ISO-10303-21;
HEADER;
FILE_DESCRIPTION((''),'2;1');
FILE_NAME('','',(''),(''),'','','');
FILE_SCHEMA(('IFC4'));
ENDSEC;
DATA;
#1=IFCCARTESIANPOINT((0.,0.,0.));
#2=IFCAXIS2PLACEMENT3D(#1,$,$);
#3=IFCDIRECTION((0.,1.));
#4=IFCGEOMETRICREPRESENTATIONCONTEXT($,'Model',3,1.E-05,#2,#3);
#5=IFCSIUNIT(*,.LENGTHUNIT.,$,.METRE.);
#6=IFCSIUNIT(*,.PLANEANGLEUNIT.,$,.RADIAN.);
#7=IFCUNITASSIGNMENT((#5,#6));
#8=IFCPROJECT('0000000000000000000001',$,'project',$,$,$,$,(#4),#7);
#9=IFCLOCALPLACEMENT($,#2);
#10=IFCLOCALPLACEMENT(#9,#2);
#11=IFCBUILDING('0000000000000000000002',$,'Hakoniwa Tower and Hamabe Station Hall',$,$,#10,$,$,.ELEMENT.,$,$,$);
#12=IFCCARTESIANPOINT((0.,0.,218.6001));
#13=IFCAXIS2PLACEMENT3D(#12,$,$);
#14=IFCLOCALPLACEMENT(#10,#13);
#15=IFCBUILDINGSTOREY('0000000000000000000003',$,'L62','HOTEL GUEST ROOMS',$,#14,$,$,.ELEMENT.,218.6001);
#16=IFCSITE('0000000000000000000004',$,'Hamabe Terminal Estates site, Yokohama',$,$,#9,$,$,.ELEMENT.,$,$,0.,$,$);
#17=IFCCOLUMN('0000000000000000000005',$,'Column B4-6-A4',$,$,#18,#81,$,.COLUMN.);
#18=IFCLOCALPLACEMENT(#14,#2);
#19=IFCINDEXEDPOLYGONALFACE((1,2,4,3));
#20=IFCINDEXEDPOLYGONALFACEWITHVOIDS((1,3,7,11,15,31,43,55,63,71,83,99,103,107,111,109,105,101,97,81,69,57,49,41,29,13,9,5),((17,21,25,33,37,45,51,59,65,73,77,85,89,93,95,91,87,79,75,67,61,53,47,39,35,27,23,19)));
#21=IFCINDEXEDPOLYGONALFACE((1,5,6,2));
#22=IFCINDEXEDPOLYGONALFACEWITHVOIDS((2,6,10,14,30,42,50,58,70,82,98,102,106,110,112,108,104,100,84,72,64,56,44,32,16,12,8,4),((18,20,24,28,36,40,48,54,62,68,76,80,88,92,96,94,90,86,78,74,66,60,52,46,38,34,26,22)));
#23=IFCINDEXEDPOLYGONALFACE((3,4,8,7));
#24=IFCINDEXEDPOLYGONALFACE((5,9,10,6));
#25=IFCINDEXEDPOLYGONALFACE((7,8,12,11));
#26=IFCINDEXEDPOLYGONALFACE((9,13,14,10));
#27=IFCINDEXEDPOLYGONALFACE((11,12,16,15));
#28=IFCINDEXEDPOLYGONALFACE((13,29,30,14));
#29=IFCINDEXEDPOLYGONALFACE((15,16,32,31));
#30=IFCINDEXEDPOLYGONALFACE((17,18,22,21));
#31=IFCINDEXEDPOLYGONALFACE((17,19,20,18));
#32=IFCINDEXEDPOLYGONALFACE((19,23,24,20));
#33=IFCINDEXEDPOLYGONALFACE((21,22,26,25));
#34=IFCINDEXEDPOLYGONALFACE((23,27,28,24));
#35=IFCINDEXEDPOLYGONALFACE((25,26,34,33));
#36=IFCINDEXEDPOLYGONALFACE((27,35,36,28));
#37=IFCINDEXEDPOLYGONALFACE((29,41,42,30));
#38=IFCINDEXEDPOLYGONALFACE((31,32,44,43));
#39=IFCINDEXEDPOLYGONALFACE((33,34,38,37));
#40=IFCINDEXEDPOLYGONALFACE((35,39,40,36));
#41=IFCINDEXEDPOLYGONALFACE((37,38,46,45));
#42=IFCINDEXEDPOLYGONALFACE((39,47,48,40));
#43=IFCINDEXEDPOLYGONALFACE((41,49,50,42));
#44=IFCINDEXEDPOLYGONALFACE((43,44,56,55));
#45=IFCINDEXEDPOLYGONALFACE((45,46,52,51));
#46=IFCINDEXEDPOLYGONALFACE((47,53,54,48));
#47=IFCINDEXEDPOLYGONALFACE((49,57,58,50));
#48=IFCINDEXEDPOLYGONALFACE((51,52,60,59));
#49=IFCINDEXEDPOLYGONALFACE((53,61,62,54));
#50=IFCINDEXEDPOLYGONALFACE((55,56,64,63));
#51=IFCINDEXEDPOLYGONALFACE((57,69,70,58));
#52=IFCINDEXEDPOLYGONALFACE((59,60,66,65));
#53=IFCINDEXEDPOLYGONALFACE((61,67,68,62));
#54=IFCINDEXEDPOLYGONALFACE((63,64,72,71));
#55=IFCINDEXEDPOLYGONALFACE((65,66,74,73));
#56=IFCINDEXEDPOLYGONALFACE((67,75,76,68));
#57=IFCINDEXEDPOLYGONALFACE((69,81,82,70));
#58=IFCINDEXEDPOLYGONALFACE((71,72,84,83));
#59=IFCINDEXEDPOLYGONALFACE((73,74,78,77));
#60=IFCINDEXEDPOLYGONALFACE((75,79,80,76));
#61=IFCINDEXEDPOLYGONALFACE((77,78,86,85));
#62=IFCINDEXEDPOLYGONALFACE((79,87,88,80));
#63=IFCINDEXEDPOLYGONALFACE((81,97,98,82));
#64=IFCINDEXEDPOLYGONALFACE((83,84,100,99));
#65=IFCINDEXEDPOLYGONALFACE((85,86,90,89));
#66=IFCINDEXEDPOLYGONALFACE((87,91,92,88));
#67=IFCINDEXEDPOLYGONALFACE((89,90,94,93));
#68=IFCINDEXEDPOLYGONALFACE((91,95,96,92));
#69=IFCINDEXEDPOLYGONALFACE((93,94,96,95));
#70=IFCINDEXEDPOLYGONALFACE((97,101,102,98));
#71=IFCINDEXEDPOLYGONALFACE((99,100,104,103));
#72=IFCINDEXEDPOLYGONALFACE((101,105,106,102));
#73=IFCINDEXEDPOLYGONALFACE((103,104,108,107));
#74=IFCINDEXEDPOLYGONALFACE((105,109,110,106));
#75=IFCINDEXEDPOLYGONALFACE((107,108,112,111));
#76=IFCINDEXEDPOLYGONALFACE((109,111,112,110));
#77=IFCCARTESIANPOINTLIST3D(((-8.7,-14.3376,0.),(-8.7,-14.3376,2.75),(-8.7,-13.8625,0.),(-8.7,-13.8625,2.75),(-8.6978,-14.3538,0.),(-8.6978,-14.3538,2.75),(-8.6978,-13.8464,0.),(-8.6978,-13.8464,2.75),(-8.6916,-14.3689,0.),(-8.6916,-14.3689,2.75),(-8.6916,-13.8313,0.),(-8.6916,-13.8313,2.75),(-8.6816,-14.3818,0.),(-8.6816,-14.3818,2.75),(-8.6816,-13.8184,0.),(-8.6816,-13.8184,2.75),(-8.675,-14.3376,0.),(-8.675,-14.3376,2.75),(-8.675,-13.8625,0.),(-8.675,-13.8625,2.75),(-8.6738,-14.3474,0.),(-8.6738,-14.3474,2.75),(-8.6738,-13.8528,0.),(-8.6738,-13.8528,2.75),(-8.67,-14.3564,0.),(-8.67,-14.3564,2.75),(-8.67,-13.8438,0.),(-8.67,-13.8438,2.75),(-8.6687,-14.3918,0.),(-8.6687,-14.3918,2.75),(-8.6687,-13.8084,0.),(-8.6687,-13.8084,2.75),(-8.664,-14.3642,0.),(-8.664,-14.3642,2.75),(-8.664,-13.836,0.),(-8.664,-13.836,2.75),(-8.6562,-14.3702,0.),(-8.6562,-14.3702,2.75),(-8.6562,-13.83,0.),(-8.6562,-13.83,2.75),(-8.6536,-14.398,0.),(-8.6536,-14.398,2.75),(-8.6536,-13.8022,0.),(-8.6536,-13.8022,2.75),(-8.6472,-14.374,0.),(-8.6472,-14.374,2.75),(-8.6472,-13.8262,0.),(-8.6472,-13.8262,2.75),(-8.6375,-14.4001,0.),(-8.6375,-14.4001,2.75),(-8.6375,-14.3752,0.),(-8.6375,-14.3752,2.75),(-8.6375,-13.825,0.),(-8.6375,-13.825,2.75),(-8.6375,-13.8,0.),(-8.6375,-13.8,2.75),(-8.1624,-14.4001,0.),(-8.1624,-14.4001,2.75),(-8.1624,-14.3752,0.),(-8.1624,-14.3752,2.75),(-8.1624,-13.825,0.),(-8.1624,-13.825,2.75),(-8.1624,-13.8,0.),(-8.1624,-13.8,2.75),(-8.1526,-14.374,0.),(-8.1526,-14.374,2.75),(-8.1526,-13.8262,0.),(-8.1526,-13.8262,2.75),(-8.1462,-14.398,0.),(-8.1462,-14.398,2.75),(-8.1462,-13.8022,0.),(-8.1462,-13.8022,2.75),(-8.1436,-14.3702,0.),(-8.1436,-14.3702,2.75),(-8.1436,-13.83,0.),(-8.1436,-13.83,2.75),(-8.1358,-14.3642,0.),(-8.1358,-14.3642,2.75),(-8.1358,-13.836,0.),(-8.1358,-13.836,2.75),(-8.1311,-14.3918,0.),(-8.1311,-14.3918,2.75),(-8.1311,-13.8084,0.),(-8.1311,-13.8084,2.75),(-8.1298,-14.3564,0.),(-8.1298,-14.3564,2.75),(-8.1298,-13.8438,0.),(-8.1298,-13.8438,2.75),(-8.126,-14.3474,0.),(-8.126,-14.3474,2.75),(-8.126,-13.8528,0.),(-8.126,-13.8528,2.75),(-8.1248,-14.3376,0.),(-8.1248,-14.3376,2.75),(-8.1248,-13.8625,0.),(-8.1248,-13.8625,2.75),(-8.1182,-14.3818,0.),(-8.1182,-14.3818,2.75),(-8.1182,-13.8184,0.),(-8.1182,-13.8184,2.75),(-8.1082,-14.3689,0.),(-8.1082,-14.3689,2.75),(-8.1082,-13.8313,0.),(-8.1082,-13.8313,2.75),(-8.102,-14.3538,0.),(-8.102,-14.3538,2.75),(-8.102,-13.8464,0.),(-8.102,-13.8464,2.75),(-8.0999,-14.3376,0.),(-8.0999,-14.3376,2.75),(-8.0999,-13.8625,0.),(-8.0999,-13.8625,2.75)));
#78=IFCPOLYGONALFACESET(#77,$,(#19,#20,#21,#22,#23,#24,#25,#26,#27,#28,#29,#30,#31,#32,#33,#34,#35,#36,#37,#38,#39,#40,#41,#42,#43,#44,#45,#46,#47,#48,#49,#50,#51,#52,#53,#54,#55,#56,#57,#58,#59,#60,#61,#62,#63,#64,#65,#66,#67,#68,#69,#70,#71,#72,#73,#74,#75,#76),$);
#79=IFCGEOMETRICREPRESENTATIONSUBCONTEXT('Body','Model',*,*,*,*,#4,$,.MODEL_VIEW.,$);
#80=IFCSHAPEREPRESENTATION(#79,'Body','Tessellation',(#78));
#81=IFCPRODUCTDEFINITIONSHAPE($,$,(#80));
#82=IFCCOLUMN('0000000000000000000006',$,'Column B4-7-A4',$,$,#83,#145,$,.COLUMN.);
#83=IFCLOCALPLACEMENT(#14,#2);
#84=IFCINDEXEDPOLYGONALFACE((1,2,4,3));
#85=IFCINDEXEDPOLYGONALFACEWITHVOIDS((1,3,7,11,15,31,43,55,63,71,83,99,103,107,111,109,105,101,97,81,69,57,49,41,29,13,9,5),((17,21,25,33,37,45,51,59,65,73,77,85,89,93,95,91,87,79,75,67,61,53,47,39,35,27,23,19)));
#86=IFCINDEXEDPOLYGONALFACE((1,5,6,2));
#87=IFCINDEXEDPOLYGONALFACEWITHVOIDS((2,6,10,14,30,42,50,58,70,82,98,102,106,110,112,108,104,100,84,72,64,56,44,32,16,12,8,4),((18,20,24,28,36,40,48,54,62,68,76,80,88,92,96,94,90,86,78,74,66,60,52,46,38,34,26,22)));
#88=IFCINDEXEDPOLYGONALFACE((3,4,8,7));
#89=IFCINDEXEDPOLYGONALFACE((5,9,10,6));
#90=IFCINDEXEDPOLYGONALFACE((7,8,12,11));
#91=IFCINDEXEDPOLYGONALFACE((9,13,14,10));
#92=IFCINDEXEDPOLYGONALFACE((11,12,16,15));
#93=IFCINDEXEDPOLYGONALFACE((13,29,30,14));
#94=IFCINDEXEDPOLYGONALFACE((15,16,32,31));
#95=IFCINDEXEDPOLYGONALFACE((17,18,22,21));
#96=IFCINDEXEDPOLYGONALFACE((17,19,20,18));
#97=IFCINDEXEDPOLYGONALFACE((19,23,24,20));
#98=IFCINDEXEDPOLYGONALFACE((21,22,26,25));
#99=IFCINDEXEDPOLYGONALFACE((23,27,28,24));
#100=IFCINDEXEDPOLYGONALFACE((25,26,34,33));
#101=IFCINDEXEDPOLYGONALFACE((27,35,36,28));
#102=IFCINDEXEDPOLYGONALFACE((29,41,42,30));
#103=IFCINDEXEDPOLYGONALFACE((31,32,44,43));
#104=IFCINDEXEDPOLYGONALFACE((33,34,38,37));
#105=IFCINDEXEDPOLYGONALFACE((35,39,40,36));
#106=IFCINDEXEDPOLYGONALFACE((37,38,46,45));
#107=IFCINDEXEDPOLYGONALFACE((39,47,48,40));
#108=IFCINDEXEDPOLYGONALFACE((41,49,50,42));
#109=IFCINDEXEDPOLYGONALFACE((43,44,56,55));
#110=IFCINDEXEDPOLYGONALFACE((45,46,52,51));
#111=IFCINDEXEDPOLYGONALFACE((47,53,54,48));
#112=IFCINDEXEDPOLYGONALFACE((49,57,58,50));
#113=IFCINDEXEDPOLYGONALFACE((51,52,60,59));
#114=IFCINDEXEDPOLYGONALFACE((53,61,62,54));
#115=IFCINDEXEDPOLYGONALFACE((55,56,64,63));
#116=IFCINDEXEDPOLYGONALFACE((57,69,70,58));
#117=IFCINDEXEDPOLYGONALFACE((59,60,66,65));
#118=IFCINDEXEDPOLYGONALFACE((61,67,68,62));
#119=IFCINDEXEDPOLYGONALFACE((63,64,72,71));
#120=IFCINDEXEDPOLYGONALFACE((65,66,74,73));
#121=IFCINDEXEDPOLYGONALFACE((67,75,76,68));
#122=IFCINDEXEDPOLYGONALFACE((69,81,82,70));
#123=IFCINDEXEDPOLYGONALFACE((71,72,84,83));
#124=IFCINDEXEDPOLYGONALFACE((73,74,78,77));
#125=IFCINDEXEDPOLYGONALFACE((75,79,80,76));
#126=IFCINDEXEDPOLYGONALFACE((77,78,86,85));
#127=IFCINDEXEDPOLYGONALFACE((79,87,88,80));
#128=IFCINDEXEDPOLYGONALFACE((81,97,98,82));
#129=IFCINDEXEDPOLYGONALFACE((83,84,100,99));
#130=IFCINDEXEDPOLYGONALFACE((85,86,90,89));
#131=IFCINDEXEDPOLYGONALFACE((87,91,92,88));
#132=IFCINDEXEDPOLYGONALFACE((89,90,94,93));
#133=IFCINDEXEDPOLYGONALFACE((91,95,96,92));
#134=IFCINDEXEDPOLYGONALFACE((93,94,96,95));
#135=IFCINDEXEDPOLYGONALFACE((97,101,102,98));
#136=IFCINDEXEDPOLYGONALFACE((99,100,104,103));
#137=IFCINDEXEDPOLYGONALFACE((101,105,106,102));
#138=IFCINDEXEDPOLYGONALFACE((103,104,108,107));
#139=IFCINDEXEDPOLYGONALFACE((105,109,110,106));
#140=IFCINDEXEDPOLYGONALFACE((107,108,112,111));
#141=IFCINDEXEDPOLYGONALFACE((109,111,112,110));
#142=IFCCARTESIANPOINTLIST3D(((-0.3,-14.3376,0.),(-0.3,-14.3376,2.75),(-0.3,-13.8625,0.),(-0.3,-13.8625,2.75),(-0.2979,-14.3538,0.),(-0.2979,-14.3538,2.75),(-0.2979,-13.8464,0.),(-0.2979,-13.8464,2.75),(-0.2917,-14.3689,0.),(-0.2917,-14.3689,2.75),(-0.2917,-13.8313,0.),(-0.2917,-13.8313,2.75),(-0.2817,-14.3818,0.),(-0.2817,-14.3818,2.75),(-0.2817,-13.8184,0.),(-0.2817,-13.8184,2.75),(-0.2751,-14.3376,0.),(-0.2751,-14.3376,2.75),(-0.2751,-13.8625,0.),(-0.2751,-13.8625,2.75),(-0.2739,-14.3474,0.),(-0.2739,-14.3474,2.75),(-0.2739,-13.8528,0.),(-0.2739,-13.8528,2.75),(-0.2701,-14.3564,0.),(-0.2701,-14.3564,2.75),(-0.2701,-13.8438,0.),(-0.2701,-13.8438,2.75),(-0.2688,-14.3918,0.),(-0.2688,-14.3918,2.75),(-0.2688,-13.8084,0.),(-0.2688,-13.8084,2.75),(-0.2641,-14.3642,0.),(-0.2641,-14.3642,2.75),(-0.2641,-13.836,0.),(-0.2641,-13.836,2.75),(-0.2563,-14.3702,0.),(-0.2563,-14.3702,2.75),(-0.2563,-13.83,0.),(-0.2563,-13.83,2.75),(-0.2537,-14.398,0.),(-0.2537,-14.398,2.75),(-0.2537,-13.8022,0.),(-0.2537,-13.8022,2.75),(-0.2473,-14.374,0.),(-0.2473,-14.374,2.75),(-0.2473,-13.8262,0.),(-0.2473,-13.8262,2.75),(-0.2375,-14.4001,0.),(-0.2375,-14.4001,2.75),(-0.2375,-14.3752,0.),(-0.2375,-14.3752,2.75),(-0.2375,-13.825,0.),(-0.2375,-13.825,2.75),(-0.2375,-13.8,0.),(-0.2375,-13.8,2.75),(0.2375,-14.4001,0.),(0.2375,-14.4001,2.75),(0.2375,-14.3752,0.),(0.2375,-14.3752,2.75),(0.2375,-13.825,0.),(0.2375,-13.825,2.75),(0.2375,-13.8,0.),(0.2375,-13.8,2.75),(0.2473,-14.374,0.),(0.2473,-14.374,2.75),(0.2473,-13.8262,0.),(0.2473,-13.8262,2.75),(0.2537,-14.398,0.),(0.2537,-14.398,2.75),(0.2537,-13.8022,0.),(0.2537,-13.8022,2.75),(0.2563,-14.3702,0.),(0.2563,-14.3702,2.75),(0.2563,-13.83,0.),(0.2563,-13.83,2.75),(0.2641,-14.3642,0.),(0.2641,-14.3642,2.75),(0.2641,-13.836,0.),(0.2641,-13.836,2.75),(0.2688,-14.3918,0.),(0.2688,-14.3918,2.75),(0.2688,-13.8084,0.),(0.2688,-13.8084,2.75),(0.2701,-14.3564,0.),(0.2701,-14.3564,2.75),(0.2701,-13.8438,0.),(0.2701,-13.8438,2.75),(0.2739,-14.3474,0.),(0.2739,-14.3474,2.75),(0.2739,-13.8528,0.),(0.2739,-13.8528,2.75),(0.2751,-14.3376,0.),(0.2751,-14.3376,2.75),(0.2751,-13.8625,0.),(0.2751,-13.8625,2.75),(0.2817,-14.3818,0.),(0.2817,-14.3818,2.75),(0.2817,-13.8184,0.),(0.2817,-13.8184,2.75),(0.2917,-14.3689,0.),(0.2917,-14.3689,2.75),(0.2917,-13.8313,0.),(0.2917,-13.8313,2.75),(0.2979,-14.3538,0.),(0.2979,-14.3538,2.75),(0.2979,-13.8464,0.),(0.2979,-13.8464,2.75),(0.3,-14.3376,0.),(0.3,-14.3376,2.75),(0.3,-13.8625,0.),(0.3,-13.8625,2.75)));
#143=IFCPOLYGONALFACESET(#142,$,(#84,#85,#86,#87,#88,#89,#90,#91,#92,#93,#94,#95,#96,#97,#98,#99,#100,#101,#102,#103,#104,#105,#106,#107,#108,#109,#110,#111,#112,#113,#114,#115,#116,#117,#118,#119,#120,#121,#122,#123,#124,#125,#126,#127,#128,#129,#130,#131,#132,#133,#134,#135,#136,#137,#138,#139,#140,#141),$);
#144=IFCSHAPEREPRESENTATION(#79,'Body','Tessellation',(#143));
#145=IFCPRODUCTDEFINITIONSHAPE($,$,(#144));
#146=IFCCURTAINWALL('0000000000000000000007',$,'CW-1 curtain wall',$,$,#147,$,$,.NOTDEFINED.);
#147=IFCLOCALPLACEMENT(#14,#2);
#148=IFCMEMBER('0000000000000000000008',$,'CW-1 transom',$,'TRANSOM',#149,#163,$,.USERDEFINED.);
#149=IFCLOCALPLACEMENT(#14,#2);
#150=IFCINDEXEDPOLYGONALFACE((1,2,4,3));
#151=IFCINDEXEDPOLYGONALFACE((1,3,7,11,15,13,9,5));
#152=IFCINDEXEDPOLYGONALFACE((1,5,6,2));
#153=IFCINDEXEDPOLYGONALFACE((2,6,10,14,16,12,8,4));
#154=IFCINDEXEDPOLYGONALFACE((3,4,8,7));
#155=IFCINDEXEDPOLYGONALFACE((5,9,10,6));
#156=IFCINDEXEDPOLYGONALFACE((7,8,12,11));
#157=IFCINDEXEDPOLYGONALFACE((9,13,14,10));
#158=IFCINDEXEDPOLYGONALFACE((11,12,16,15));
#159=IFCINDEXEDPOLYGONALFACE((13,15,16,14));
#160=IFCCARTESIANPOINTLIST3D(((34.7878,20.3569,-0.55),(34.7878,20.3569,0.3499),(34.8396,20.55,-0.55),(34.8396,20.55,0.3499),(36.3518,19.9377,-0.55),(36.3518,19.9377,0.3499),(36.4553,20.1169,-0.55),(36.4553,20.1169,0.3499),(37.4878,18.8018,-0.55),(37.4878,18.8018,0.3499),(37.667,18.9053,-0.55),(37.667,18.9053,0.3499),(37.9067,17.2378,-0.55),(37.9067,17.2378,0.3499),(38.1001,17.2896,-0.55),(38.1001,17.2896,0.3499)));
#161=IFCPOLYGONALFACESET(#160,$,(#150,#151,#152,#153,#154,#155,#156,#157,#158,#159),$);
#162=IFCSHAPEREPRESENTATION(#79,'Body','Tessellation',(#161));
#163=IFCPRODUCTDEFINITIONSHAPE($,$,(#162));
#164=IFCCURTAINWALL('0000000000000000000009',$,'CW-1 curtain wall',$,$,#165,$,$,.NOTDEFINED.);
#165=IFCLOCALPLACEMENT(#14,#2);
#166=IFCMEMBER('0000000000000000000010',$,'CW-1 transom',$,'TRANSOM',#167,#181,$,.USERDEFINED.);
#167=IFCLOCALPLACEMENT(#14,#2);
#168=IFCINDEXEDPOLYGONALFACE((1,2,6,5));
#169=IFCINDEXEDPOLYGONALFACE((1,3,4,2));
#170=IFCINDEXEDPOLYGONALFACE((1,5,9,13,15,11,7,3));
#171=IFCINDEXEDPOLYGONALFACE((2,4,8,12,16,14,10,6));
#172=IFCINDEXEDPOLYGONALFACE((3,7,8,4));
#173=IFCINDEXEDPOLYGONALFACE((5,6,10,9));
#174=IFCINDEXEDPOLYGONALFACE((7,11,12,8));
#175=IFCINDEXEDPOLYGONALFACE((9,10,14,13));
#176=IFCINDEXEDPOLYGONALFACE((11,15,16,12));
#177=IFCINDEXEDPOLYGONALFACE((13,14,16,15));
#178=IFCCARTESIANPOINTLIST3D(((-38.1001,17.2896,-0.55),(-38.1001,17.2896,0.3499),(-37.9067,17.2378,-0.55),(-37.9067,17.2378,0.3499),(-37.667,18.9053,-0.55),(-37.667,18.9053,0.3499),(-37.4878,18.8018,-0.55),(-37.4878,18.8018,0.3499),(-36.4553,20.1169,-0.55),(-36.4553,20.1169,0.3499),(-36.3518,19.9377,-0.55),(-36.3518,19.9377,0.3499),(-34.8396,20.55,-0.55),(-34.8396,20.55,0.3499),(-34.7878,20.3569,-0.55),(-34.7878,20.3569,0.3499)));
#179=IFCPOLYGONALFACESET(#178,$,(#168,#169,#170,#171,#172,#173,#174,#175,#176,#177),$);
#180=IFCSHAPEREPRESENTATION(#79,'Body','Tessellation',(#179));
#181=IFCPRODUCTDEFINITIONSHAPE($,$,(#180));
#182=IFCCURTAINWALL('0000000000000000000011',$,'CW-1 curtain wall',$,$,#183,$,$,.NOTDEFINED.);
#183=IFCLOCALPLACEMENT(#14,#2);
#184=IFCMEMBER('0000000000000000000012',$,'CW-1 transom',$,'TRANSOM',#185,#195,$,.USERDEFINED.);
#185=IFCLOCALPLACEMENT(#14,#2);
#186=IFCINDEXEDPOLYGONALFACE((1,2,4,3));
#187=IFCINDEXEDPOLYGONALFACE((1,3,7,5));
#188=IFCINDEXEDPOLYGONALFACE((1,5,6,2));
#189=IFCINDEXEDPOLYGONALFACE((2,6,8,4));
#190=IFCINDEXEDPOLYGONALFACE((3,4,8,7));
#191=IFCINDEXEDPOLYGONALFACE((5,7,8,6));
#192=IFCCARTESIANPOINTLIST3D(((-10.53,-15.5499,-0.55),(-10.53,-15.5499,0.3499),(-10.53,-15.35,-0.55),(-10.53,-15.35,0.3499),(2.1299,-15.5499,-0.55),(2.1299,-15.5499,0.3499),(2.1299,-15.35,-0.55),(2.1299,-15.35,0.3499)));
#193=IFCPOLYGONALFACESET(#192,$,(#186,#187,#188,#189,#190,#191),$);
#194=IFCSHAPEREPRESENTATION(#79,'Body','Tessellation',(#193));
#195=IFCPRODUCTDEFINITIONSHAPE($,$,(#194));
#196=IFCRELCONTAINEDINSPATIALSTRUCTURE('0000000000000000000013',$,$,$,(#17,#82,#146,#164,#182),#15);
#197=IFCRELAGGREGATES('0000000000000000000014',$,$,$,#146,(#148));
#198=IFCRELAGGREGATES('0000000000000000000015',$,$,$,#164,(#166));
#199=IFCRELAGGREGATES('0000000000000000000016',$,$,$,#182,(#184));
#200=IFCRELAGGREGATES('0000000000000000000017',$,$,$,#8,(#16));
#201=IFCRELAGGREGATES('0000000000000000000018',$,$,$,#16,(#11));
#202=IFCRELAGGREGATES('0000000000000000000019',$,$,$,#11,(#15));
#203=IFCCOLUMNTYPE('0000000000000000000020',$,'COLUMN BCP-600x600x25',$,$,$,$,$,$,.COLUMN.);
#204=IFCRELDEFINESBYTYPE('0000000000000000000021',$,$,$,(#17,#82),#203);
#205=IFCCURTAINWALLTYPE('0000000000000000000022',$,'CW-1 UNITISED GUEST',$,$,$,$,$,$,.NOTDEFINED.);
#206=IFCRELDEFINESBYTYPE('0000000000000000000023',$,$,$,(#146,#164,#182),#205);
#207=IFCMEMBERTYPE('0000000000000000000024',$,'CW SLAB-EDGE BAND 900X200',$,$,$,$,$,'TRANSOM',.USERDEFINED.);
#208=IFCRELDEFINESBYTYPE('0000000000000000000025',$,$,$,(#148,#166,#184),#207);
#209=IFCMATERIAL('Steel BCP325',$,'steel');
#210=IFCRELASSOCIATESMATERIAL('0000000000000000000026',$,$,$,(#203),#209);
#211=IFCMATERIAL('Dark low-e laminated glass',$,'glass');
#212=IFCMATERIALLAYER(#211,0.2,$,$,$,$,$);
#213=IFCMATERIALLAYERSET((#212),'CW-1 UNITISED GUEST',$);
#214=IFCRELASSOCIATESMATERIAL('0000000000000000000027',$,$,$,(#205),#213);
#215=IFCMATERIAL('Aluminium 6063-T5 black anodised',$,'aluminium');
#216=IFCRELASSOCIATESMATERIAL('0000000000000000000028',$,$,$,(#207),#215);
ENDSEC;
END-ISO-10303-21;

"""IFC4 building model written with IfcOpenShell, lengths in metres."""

from ifc_helpers import new_model, si_unit, direction, frame, origin, origin_2d, place, context, subcontext, project, spatial, polyline, rectangle, hollow_rectangle, outline, extrude, material, layer, layer_set, material_profile, profile_set, type_object, element, aggregate, save


model = new_model("IFC4")

# Units and contexts
model_context = context("Model", 3, precision=1e-05, world=origin(), true_north=direction((0.0, 1.0)))
body_context = subcontext(model_context, "Body", "Model", "MODEL_VIEW")
ifc_project = project(units=[si_unit("LENGTHUNIT", "METRE"), si_unit("PLANEANGLEUNIT", "RADIAN")], contexts=[model_context])

# Site, building, storey
site_placement = place(None, origin())
site = spatial("IfcSite", under=ifc_project, at=site_placement, Name="Hamabe Terminal Estates site, Yokohama", CompositionType="ELEMENT", RefElevation=0.0)
building_placement = place(site_placement, origin())
building = spatial("IfcBuilding", under=site, at=building_placement, Name="Hakoniwa Tower and Hamabe Station Hall", CompositionType="ELEMENT")
storey_placement = place(building_placement, frame((0.0, 0.0, 218.6001)))
storey = spatial("IfcBuildingStorey", under=building, at=storey_placement, Name="L62", Description="HOTEL GUEST ROOMS", CompositionType="ELEMENT", Elevation=218.6001)

# Columns
ifc_material_1 = material(Name="Steel BCP325", Category="steel")
ifc_material_profile_1 = material_profile(ifc_material_1, hollow_rectangle(XDim=0.6001, YDim=0.6001, WallThickness=0.0249, InnerFilletRadius=0.0376, OuterFilletRadius=0.0625, at=origin_2d()), Name="BCP-600x600x25")
ifc_profile_set_1 = profile_set([ifc_material_profile_1], Name="Steel BCP325")
column_type = type_object("IfcColumnType", Name="COLUMN BCP-600x600x25", PredefinedType="COLUMN", material=ifc_profile_set_1)
for number, where, z_axis, x_axis, name in (
    (1, (-8.3999, -14.1001, 0.0), (0.0, 0.0, 1.0), (1.0, 0.0, 0.0), "Column B4-6-A4"),
    (2, (0.0, -14.1001, 0.0), (0.0, 0.0, 1.0), (1.0, 0.0, 0.0), "Column B4-7-A4"),
):
    element("IfcColumn", number, at=place(storey_placement, frame(where, z_axis=z_axis, x_axis=x_axis)), inside=storey, type_object=column_type, Name=name, PredefinedType="COLUMN", context=body_context, shape_type="SweptSolid", body=[
        extrude(hollow_rectangle(XDim=0.6001, YDim=0.6001, WallThickness=0.0249, InnerFilletRadius=0.0376, OuterFilletRadius=0.0625, at=origin_2d()), origin(), (0.0, 0.0, 1.0), 2.75),
    ])

# Curtain walls, members
ifc_material_2 = material(Name="Dark low-e laminated glass", Category="glass")
ifc_layer_1 = layer(ifc_material_2, 0.2)
ifc_layer_set_1 = layer_set([ifc_layer_1], Name="CW-1 UNITISED GUEST")
curtain_wall_type = type_object("IfcCurtainWallType", Name="CW-1 UNITISED GUEST", PredefinedType="NOTDEFINED", material=ifc_layer_set_1)
curtain_wall_1_placement = place(storey_placement, origin())
curtain_wall_1 = element("IfcCurtainWall", 3, at=curtain_wall_1_placement, inside=storey, type_object=curtain_wall_type, Name="CW-1 curtain wall", PredefinedType="NOTDEFINED")
ifc_material_3 = material(Name="Aluminium 6063-T5 black anodised", Category="aluminium")
ifc_material_profile_2 = material_profile(ifc_material_3, rectangle(XDim=0.2, YDim=0.8999, at=origin_2d()), Name="CW SLAB-EDGE BAND 900X200")
ifc_profile_set_2 = profile_set([ifc_material_profile_2], Name="Aluminium 6063-T5 black anodised")
member_type_1 = type_object("IfcMemberType", Name="CW SLAB-EDGE BAND 900X200", ElementType="TRANSOM", PredefinedType="USERDEFINED", material=ifc_profile_set_2)
member_1_placement = place(storey_placement, frame((0.0, 0.0, -0.55)))
member_1 = element("IfcMember", 4, at=member_1_placement, type_object=member_type_1, Name="CW-1 transom", ObjectType="TRANSOM", PredefinedType="USERDEFINED", context=body_context, shape_type="SweptSolid", body=[
    extrude(outline(polyline([(38.1001, 17.2896), (37.667, 18.9053), (36.4553, 20.1169), (34.8396, 20.55), (34.7878, 20.3569), (36.3518, 19.9377), (37.4878, 18.8018), (37.9067, 17.2378), (38.1001, 17.2896)])), origin(), (0.0, 0.0, 1.0), 0.8999),
])
curtain_wall_2_placement = place(storey_placement, origin())
curtain_wall_2 = element("IfcCurtainWall", 5, at=curtain_wall_2_placement, inside=storey, type_object=curtain_wall_type, Name="CW-1 curtain wall", PredefinedType="NOTDEFINED")
member_2_placement = place(storey_placement, frame((0.0, 0.0, -0.55)))
member_2 = element("IfcMember", 6, at=member_2_placement, type_object=member_type_1, Name="CW-1 transom", ObjectType="TRANSOM", PredefinedType="USERDEFINED", context=body_context, shape_type="SweptSolid", body=[
    extrude(outline(polyline([(-34.8396, 20.55), (-36.4553, 20.1169), (-37.667, 18.9053), (-38.1001, 17.2896), (-37.9067, 17.2378), (-37.4878, 18.8018), (-36.3518, 19.9377), (-34.7878, 20.3569), (-34.8396, 20.55)])), origin(), (0.0, 0.0, 1.0), 0.8999),
])

# Curtain wall, member
curtain_wall_3_placement = place(storey_placement, origin())
curtain_wall_3 = element("IfcCurtainWall", 7, at=curtain_wall_3_placement, inside=storey, type_object=curtain_wall_type, Name="CW-1 curtain wall", PredefinedType="NOTDEFINED")
member_3_placement = place(storey_placement, frame((-10.53, -15.45, -0.1001), z_axis=(1.0, 0.0, 0.0), x_axis=(0.0, 1.0, 0.0)))
member_3 = element("IfcMember", 8, at=member_3_placement, type_object=member_type_1, Name="CW-1 transom", ObjectType="TRANSOM", PredefinedType="USERDEFINED", context=body_context, shape_type="SweptSolid", body=[
    extrude(rectangle(XDim=0.2, YDim=0.8999, at=origin_2d()), origin(), (0.0, 0.0, 1.0), 12.6599),
])

aggregate(curtain_wall_1, [member_1])
aggregate(curtain_wall_2, [member_2])

aggregate(curtain_wall_3, [member_3])

save(model, "model.ifc")
